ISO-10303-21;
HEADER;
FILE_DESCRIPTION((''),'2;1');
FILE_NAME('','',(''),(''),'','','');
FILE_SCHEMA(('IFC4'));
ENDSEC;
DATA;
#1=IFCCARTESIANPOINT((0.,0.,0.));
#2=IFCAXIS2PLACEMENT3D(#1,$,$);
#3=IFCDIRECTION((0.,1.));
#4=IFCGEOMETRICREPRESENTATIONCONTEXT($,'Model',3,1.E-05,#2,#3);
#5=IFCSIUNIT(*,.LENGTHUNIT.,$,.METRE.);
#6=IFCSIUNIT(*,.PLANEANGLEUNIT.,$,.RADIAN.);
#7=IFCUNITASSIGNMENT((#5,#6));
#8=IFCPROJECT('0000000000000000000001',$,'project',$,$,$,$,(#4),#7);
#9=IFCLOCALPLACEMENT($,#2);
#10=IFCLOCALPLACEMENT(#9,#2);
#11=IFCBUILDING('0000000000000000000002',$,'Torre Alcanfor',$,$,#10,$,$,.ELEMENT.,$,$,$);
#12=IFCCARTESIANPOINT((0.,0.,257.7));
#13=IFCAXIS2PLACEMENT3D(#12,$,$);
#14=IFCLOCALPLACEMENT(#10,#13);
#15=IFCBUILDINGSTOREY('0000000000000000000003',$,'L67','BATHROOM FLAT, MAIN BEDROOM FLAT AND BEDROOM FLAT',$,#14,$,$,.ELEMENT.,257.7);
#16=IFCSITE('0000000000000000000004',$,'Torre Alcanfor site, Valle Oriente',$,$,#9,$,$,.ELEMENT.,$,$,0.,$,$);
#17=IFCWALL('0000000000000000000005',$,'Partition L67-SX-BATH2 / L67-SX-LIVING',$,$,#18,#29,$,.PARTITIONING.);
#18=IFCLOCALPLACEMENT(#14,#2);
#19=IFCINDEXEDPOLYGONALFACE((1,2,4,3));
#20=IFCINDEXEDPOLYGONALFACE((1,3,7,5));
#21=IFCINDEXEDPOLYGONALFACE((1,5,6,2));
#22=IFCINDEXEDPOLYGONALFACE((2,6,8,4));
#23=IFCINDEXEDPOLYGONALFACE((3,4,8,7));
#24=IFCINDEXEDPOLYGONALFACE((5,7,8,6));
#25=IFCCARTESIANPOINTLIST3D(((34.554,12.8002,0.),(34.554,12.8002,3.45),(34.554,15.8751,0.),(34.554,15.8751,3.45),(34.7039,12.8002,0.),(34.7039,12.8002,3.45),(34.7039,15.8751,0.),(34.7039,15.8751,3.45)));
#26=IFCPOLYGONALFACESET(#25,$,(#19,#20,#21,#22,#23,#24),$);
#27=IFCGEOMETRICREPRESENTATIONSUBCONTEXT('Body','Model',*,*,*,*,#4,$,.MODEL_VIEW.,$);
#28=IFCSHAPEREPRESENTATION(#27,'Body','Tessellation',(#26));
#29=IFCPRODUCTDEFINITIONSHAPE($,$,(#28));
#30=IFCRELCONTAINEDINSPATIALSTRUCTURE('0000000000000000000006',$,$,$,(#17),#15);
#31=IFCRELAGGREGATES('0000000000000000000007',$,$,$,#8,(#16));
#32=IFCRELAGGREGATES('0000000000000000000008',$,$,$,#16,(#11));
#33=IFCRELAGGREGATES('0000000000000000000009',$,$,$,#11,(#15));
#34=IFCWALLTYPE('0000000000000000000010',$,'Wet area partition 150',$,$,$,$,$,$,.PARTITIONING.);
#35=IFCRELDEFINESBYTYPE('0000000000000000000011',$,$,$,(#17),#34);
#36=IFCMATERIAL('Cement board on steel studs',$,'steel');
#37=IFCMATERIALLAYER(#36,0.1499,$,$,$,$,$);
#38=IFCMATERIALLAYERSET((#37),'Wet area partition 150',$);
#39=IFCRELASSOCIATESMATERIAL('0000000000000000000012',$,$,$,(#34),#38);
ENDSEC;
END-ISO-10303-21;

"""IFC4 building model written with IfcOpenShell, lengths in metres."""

from ifc_helpers import new_model, si_unit, direction, frame, frame_2d, origin, place, context, subcontext, project, spatial, rectangle, extrude, material, layer, layer_set, type_object, element, save


model = new_model("IFC4")

# Units and contexts
model_context = context("Model", 3, precision=1e-05, world=origin(), true_north=direction((0.0, 1.0)))
body_context = subcontext(model_context, "Body", "Model", "MODEL_VIEW")
ifc_project = project(units=[si_unit("LENGTHUNIT", "METRE"), si_unit("PLANEANGLEUNIT", "RADIAN")], contexts=[model_context])

# Site, building, storey
site_placement = place(None, origin())
site = spatial("IfcSite", under=ifc_project, at=site_placement, Name="Torre Alcanfor site, Valle Oriente", CompositionType="ELEMENT", RefElevation=0.0)
building_placement = place(site_placement, origin())
building = spatial("IfcBuilding", under=site, at=building_placement, Name="Torre Alcanfor", CompositionType="ELEMENT")
storey_placement = place(building_placement, frame((0.0, 0.0, 257.7)))
storey = spatial("IfcBuildingStorey", under=building, at=storey_placement, Name="L67", Description="BATHROOM FLAT, MAIN BEDROOM FLAT AND BEDROOM FLAT", CompositionType="ELEMENT", Elevation=257.7)

# Shared definitions
ifc_material_1 = material(Name="Cement board on steel studs", Category="steel")
ifc_layer_1 = layer(ifc_material_1, 0.1499)
ifc_layer_set_1 = layer_set([ifc_layer_1], Name="Wet area partition 150")
wall_type_1 = type_object("IfcWallType", Name="Wet area partition 150", PredefinedType="PARTITIONING", material=ifc_layer_set_1)

# Wall
wall_1_placement = place(storey_placement, frame((34.6289, 12.8, 0.0), z_axis=(0.0, 0.0, 1.0), x_axis=(0.0, 1.0, 0.0)))
element("IfcWall", 1, at=wall_1_placement, inside=storey, type_object=wall_type_1, Name="Partition L67-SX-BATH2 / L67-SX-LIVING", PredefinedType="PARTITIONING", context=body_context, shape_type="SweptSolid", body=[
    extrude(rectangle(XDim=3.075, YDim=0.1499, at=frame_2d((1.5376, 0.0))), origin(), (0.0, 0.0, 1.0), 3.45),
])

save(model, "model.ifc")
